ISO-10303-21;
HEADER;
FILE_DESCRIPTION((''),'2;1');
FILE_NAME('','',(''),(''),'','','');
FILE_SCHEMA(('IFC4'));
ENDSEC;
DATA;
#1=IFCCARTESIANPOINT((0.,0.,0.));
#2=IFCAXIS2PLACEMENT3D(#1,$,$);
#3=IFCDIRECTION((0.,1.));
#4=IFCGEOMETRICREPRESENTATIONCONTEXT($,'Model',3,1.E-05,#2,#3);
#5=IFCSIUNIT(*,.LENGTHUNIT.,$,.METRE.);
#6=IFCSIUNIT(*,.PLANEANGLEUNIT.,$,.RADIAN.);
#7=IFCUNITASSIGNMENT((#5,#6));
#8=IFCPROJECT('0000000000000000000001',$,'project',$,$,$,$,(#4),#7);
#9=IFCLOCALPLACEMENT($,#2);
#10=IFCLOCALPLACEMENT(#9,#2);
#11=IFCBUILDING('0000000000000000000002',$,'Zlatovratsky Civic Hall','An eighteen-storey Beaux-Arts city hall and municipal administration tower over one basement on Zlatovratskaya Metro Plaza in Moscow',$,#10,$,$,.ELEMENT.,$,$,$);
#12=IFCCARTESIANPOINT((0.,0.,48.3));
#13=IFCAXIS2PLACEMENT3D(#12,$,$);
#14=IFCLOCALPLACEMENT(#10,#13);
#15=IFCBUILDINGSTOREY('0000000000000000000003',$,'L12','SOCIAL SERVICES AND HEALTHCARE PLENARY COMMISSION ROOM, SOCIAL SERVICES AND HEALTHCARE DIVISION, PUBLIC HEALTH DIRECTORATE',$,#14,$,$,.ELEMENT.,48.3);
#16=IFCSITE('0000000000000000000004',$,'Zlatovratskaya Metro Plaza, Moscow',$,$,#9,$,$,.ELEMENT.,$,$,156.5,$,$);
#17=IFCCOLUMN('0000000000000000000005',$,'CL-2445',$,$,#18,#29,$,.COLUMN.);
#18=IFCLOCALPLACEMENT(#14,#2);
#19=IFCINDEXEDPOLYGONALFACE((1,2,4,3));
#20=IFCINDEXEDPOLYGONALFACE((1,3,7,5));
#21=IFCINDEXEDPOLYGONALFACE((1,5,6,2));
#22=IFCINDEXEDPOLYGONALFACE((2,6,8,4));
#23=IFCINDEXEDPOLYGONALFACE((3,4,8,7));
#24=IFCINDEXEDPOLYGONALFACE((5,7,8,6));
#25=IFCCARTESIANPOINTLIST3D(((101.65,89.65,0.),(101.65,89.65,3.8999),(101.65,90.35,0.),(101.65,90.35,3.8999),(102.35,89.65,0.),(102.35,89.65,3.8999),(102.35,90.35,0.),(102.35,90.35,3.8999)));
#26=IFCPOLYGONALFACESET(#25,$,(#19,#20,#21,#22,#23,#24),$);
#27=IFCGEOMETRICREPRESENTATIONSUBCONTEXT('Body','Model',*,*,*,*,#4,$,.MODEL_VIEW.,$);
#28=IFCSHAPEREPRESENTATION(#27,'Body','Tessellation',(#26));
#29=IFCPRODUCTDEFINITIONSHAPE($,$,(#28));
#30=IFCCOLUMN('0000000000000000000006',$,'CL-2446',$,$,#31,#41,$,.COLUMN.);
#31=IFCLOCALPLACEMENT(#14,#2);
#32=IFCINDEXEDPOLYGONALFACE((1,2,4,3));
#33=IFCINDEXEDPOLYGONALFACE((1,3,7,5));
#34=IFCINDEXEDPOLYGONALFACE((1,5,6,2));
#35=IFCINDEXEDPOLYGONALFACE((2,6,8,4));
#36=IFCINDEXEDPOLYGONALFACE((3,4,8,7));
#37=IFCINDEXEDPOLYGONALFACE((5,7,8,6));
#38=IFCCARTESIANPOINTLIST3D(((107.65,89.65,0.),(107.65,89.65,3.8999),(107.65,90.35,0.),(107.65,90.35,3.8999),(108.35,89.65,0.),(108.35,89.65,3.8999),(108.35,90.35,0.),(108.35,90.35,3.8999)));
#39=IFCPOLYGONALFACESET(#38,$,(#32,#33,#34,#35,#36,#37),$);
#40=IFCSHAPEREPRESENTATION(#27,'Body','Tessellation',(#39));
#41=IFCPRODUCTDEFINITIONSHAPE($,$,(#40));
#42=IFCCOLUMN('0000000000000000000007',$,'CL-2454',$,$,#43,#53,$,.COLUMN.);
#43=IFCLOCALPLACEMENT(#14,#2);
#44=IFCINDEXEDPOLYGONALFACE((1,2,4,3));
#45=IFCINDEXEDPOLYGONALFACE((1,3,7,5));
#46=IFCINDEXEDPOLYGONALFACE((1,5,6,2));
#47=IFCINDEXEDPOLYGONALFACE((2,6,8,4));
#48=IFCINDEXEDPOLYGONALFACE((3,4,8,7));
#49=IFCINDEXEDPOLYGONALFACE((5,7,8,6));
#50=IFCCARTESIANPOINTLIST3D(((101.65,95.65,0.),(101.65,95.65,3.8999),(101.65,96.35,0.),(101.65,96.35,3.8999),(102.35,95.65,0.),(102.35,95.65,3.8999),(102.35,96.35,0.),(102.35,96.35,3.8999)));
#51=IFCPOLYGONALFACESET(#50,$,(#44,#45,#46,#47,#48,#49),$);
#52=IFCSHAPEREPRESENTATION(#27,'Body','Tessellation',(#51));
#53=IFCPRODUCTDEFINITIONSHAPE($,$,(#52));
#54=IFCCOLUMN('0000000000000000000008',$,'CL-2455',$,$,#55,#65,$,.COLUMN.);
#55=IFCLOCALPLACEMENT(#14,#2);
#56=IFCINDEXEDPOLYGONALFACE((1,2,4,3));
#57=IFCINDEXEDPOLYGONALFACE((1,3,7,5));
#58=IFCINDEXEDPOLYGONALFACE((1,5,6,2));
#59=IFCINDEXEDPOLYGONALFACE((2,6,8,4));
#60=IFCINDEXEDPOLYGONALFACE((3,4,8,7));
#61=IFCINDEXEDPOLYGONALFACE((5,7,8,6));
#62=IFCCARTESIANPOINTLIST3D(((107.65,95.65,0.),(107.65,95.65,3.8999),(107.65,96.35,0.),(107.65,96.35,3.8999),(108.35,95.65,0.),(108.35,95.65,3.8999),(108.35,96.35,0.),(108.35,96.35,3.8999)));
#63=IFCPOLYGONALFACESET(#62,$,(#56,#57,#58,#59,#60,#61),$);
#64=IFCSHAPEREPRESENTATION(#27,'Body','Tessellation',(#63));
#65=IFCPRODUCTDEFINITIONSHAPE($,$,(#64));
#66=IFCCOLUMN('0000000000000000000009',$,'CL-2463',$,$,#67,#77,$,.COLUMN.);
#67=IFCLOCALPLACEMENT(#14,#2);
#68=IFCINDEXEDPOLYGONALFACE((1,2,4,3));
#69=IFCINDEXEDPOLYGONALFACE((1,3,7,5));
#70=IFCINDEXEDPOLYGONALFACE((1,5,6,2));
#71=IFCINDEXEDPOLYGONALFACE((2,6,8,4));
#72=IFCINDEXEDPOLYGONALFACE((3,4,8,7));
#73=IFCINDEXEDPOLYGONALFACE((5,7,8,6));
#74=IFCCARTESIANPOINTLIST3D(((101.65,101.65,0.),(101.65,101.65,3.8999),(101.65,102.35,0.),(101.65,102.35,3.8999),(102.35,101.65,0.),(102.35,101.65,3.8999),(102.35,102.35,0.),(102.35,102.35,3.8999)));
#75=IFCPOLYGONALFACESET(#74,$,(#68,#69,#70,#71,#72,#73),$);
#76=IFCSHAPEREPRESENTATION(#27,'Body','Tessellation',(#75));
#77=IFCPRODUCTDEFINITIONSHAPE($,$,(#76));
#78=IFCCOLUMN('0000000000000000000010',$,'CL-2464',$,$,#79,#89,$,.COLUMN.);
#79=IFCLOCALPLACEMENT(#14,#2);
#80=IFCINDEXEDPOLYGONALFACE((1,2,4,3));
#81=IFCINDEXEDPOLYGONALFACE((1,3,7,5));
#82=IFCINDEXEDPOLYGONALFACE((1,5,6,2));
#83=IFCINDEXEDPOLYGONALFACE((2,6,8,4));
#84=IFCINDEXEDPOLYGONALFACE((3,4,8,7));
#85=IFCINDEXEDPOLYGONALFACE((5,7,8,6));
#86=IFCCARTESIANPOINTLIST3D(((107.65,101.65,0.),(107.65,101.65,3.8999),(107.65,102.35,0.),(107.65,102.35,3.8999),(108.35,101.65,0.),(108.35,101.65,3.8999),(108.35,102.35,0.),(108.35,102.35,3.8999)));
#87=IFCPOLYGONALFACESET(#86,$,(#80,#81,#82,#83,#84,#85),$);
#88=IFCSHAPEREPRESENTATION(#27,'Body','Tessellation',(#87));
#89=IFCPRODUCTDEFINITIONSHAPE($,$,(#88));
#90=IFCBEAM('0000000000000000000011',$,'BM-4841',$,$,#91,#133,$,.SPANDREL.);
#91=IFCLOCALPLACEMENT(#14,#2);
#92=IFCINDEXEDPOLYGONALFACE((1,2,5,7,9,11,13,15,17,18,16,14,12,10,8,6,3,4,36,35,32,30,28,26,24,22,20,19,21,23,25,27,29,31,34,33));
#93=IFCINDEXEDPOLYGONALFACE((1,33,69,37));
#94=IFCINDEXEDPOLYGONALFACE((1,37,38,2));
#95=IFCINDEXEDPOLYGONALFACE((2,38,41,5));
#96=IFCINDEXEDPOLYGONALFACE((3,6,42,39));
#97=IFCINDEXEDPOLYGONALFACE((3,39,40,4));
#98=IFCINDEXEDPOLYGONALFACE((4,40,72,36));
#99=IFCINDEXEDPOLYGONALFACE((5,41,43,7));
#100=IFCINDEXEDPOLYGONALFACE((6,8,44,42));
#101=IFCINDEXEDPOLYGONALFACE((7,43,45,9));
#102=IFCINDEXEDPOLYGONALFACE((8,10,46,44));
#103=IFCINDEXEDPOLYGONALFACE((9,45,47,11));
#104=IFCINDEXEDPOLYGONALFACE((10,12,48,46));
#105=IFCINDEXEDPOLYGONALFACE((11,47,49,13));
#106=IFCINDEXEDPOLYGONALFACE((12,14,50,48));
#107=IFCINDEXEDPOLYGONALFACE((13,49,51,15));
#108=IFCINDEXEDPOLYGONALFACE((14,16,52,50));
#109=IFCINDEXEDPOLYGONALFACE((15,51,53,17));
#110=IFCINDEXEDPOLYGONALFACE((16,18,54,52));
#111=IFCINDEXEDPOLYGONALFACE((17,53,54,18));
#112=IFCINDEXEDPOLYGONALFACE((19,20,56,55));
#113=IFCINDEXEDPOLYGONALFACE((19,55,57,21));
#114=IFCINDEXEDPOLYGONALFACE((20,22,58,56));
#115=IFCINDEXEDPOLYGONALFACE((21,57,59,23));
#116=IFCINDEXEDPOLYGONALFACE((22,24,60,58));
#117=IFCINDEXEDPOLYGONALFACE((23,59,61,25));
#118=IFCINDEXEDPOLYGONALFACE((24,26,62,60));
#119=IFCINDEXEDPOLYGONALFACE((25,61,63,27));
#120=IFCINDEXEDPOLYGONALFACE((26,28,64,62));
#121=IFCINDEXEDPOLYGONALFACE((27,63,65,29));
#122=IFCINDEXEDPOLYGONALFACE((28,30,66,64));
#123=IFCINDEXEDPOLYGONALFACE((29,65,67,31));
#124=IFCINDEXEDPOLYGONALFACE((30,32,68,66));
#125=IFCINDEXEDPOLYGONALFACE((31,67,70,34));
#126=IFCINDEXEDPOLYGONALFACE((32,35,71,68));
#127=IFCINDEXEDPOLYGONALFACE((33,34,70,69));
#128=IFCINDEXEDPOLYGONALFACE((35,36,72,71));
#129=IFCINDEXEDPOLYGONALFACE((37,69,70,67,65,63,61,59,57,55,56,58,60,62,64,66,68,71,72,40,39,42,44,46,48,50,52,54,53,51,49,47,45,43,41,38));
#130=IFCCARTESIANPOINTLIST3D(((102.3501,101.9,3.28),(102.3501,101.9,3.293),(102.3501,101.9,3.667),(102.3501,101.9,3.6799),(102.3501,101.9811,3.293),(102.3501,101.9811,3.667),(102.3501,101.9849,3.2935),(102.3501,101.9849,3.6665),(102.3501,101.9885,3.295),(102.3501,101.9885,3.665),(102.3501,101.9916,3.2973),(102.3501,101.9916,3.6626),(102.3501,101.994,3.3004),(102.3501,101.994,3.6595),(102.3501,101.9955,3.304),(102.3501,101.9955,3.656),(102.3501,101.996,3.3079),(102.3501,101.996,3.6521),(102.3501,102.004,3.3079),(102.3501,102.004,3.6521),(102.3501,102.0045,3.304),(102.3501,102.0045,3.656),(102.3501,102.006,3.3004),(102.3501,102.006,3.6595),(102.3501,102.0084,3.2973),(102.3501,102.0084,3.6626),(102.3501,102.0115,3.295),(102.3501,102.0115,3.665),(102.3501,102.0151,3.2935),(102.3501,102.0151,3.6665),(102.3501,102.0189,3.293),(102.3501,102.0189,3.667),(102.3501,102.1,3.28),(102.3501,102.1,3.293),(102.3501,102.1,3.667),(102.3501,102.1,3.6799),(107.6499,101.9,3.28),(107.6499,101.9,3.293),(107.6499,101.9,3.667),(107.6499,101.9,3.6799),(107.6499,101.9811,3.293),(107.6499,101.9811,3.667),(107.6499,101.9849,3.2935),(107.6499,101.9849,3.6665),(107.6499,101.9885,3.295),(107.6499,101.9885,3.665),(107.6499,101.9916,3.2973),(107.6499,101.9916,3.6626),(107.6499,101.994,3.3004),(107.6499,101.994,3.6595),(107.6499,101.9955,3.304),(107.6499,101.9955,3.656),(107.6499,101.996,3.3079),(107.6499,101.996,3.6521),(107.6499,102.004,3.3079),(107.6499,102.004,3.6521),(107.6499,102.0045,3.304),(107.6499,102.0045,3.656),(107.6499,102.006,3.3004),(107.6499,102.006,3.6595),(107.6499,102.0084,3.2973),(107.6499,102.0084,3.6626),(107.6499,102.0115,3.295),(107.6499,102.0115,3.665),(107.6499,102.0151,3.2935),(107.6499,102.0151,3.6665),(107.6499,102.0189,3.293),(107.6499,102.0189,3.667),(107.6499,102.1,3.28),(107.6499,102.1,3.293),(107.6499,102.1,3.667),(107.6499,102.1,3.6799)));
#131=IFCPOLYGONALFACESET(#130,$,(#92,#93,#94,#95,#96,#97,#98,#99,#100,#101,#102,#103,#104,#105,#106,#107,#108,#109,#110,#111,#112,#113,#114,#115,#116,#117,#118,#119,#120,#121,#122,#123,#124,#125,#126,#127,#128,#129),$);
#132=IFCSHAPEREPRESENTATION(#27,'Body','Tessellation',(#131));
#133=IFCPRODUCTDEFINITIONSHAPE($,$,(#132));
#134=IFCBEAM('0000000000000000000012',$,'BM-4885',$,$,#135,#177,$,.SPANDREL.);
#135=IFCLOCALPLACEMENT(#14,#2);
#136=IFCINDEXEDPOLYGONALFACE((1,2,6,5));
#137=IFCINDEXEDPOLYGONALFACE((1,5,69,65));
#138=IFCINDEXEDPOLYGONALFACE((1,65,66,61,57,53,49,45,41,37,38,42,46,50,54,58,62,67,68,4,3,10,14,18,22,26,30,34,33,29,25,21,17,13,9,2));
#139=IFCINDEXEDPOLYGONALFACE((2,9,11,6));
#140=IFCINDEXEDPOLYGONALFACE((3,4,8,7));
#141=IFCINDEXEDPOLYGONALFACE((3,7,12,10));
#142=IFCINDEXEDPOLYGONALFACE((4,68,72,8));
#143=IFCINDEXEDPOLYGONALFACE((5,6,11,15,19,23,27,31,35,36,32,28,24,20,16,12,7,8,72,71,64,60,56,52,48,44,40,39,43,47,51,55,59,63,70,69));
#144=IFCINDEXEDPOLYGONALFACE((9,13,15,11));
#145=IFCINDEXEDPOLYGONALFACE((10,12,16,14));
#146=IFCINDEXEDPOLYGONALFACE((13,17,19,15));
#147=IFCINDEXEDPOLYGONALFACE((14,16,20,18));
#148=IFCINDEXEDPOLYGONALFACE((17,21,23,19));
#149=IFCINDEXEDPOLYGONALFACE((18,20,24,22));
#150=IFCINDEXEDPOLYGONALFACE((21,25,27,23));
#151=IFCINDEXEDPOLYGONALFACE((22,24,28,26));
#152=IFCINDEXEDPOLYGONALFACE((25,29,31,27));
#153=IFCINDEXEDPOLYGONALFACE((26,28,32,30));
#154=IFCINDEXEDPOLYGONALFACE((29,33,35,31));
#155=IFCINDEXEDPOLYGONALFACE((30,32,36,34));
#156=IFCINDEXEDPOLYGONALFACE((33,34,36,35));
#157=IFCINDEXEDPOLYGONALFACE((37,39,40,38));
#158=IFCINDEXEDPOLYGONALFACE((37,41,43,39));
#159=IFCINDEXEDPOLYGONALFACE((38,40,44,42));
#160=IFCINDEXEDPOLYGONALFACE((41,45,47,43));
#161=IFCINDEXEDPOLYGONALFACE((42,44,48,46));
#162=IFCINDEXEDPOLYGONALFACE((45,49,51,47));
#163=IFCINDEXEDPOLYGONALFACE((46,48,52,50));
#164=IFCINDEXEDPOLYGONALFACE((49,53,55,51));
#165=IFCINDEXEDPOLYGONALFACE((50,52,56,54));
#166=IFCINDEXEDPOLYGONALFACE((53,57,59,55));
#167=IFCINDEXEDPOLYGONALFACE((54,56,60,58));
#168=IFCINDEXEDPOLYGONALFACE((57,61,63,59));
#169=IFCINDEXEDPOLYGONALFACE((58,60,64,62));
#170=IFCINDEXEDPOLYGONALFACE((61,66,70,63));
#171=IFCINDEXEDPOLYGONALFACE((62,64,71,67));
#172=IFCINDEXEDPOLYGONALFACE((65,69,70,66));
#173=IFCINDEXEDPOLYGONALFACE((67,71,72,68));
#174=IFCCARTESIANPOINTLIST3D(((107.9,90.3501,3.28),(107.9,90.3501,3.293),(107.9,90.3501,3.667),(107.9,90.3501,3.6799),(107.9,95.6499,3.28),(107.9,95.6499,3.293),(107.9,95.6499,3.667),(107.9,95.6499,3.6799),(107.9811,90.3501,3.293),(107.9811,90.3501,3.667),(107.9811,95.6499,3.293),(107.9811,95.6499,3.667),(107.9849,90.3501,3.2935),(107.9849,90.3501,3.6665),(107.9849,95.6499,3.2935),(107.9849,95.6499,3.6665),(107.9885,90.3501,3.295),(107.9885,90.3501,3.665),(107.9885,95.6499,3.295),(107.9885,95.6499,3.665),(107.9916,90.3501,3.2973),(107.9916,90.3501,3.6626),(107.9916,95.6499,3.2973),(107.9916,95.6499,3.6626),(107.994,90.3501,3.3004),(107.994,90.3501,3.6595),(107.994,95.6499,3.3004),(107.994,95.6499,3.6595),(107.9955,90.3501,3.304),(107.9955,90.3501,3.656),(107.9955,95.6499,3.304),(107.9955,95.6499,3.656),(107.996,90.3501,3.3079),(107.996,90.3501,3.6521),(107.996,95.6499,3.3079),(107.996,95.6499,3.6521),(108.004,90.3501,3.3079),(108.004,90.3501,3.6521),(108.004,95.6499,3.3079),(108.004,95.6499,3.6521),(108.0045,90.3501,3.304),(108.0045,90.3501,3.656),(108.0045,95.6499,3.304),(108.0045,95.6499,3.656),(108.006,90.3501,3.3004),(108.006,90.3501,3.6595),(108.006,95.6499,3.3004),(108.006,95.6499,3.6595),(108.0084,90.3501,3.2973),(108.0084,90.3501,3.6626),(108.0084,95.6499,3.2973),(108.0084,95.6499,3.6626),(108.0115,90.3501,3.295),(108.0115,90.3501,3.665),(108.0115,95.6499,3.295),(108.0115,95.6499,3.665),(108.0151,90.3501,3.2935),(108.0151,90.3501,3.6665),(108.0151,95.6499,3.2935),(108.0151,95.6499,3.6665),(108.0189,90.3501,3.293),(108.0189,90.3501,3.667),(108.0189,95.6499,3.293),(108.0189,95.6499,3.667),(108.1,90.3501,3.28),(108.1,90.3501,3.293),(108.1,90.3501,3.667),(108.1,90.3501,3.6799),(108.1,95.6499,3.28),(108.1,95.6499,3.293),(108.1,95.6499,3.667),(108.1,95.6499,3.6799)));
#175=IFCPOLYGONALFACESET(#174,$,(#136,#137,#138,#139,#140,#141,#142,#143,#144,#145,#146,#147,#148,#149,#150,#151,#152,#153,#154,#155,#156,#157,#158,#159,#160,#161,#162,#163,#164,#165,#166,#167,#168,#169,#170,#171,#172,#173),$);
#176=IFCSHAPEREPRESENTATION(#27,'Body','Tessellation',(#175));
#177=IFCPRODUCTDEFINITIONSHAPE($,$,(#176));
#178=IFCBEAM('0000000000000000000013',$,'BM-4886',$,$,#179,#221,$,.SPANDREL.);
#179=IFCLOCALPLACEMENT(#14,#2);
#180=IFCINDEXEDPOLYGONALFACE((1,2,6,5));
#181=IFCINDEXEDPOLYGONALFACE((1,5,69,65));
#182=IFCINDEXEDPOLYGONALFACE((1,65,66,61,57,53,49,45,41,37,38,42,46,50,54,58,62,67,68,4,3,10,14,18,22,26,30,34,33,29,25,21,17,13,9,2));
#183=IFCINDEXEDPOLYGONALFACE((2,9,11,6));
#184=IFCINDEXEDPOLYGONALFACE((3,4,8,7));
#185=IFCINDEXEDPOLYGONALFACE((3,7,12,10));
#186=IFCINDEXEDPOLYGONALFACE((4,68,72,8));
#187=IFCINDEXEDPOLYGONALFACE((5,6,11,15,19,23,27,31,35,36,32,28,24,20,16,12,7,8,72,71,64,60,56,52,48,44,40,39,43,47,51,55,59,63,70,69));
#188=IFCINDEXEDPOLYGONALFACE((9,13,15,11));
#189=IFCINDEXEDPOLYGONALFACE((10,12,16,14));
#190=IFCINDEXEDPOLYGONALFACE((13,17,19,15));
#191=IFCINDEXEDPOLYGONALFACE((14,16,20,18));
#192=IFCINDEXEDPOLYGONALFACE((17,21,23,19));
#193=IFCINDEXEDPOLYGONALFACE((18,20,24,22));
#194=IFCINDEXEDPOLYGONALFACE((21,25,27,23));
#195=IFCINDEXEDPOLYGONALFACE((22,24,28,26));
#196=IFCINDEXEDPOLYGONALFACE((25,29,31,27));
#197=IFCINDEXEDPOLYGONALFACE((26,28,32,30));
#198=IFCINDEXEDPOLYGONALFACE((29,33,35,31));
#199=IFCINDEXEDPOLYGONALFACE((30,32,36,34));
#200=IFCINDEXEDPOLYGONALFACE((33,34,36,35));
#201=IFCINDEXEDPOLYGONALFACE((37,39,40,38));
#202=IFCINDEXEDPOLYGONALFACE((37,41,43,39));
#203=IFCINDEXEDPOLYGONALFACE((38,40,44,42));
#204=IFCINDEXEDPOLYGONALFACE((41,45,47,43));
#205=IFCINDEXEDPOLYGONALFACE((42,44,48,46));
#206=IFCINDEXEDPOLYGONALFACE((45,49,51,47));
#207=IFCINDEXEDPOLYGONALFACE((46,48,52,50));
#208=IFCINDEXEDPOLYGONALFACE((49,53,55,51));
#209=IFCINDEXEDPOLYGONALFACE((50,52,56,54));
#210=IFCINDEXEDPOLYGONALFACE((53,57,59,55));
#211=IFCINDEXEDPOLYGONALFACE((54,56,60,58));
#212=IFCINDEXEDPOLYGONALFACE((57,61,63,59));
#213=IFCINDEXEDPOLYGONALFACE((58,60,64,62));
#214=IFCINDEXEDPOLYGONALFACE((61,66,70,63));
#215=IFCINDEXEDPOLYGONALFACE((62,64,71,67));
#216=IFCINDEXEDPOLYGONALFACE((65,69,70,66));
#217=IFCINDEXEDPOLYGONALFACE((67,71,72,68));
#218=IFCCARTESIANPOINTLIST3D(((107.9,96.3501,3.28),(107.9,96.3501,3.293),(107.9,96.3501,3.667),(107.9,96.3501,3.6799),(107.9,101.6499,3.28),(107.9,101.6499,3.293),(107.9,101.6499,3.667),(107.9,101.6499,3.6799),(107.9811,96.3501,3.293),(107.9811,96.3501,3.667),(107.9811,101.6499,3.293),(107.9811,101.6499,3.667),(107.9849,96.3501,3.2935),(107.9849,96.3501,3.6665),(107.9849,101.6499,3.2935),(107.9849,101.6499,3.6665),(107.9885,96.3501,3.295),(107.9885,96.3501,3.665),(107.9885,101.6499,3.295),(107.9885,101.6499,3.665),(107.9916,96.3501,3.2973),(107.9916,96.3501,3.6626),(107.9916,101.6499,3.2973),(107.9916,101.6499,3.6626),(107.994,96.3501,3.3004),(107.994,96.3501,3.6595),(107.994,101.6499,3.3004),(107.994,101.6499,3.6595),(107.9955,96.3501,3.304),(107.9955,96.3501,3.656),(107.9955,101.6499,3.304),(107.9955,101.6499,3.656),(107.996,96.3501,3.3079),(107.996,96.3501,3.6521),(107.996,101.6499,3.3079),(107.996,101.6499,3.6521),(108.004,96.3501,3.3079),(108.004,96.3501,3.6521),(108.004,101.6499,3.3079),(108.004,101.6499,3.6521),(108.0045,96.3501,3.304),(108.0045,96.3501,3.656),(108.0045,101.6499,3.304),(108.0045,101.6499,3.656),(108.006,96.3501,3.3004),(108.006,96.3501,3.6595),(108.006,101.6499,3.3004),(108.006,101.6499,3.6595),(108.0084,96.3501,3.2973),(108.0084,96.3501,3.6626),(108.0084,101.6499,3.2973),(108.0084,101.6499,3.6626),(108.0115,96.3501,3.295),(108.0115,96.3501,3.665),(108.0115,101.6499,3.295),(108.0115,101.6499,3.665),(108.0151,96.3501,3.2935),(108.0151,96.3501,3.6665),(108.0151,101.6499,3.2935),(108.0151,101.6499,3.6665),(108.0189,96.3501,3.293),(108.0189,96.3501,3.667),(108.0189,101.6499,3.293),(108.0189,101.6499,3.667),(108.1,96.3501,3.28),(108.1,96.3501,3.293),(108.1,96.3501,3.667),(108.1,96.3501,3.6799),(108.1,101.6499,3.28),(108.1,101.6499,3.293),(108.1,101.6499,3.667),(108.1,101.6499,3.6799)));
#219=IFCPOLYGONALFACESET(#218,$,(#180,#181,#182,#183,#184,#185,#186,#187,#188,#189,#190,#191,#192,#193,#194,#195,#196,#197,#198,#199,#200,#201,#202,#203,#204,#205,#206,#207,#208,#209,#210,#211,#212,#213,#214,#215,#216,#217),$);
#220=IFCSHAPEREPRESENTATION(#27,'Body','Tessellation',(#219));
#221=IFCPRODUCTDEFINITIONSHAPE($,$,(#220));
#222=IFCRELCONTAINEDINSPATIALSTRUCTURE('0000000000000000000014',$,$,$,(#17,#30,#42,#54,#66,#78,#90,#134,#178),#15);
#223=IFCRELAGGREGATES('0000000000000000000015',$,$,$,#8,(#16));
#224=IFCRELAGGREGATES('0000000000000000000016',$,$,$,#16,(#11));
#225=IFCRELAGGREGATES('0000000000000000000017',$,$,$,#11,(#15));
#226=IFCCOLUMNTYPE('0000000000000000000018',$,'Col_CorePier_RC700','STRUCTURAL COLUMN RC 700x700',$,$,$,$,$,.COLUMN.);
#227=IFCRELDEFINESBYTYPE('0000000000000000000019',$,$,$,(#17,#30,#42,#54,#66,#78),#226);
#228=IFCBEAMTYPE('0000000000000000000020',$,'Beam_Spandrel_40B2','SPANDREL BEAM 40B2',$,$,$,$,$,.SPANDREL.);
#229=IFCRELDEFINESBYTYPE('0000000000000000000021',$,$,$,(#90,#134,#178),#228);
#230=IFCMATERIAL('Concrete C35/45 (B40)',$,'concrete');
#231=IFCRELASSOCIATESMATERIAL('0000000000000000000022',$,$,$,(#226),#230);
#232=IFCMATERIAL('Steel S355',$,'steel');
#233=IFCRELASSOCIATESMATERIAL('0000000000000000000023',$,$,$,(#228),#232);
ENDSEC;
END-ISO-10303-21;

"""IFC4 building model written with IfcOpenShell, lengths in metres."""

from ifc_helpers import new_model, si_unit, direction, frame, origin, origin_2d, place, context, subcontext, project, spatial, rectangle, i_section, extrude, material, material_profile, profile_set, type_object, element, save


model = new_model("IFC4")

# Units and contexts
model_context = context("Model", 3, precision=1e-05, world=origin(), true_north=direction((0.0, 1.0)))
body_context = subcontext(model_context, "Body", "Model", "MODEL_VIEW")
ifc_project = project(units=[si_unit("LENGTHUNIT", "METRE"), si_unit("PLANEANGLEUNIT", "RADIAN")], contexts=[model_context])

# Site, building, storey
site_placement = place(None, origin())
site = spatial("IfcSite", under=ifc_project, at=site_placement, Name="Zlatovratskaya Metro Plaza, Moscow", CompositionType="ELEMENT", RefElevation=156.5)
building_placement = place(site_placement, origin())
building = spatial("IfcBuilding", under=site, at=building_placement, Name="Zlatovratsky Civic Hall", Description="An eighteen-storey Beaux-Arts city hall and municipal administration tower over one basement on Zlatovratskaya Metro Plaza in Moscow", CompositionType="ELEMENT")
storey_placement = place(building_placement, frame((0.0, 0.0, 48.3)))
storey = spatial("IfcBuildingStorey", under=building, at=storey_placement, Name="L12", Description="SOCIAL SERVICES AND HEALTHCARE PLENARY COMMISSION ROOM, SOCIAL SERVICES AND HEALTHCARE DIVISION, PUBLIC HEALTH DIRECTORATE", CompositionType="ELEMENT", Elevation=48.3)

# Columns
ifc_material_1 = material(Name="Concrete C35/45 (B40)", Category="concrete")
ifc_material_profile_1 = material_profile(ifc_material_1, rectangle(XDim=0.7, YDim=0.7, at=origin_2d()), Name="RC 700x700")
ifc_profile_set_1 = profile_set([ifc_material_profile_1], Name="Concrete C35/45 (B40)")
column_type = type_object("IfcColumnType", Name="Col_CorePier_RC700", Description="STRUCTURAL COLUMN RC 700x700", PredefinedType="COLUMN", material=ifc_profile_set_1)
for number, where, z_axis, x_axis, name in (
    (1, (102.0, 90.0, 0.0), (0.0, 0.0, 1.0), (1.0, 0.0, 0.0), "CL-2445"),
    (2, (108.0, 90.0, 0.0), (0.0, 0.0, 1.0), (1.0, 0.0, 0.0), "CL-2446"),
    (3, (102.0, 96.0, 0.0), (0.0, 0.0, 1.0), (1.0, 0.0, 0.0), "CL-2454"),
    (4, (108.0, 96.0, 0.0), (0.0, 0.0, 1.0), (1.0, 0.0, 0.0), "CL-2455"),
    (5, (102.0, 102.0, 0.0), (0.0, 0.0, 1.0), (1.0, 0.0, 0.0), "CL-2463"),
    (6, (108.0, 102.0, 0.0), (0.0, 0.0, 1.0), (1.0, 0.0, 0.0), "CL-2464"),
):
    element("IfcColumn", number, at=place(storey_placement, frame(where, z_axis=z_axis, x_axis=x_axis)), inside=storey, type_object=column_type, Name=name, PredefinedType="COLUMN", context=body_context, shape_type="SweptSolid", body=[
        extrude(rectangle(XDim=0.7, YDim=0.7, at=origin_2d()), origin(), (0.0, 0.0, 1.0), 3.8999),
    ])

# Beams
ifc_material_2 = material(Name="Steel S355", Category="steel")
ifc_material_profile_2 = material_profile(ifc_material_2, i_section(OverallWidth=0.2, OverallDepth=0.3999, WebThickness=0.0081, FlangeThickness=0.0129, FilletRadius=0.0149, at=origin_2d()), Name="40B2")
ifc_profile_set_2 = profile_set([ifc_material_profile_2], Name="Steel S355")
beam_type_1 = type_object("IfcBeamType", Name="Beam_Spandrel_40B2", Description="SPANDREL BEAM 40B2", PredefinedType="SPANDREL", material=ifc_profile_set_2)
for number, where, z_axis, x_axis, name in (
    (7, (102.3501, 102.0, 3.48), (1.0, 0.0, 0.0), (0.0, 1.0, 0.0), "BM-4841"),
    (8, (108.0, 90.3501, 3.48), (0.0, 1.0, 0.0), (-1.0, 0.0, 0.0), "BM-4885"),
    (9, (108.0, 96.3501, 3.48), (0.0, 1.0, 0.0), (-1.0, 0.0, 0.0), "BM-4886"),
):
    element("IfcBeam", number, at=place(storey_placement, frame(where, z_axis=z_axis, x_axis=x_axis)), inside=storey, type_object=beam_type_1, Name=name, PredefinedType="SPANDREL", context=body_context, shape_type="SweptSolid", body=[
        extrude(i_section(OverallWidth=0.2, OverallDepth=0.3999, WebThickness=0.0081, FlangeThickness=0.0129, FilletRadius=0.0149, at=origin_2d()), origin(), (0.0, 0.0, 1.0), 5.2998),
    ])

save(model, "model.ifc")
